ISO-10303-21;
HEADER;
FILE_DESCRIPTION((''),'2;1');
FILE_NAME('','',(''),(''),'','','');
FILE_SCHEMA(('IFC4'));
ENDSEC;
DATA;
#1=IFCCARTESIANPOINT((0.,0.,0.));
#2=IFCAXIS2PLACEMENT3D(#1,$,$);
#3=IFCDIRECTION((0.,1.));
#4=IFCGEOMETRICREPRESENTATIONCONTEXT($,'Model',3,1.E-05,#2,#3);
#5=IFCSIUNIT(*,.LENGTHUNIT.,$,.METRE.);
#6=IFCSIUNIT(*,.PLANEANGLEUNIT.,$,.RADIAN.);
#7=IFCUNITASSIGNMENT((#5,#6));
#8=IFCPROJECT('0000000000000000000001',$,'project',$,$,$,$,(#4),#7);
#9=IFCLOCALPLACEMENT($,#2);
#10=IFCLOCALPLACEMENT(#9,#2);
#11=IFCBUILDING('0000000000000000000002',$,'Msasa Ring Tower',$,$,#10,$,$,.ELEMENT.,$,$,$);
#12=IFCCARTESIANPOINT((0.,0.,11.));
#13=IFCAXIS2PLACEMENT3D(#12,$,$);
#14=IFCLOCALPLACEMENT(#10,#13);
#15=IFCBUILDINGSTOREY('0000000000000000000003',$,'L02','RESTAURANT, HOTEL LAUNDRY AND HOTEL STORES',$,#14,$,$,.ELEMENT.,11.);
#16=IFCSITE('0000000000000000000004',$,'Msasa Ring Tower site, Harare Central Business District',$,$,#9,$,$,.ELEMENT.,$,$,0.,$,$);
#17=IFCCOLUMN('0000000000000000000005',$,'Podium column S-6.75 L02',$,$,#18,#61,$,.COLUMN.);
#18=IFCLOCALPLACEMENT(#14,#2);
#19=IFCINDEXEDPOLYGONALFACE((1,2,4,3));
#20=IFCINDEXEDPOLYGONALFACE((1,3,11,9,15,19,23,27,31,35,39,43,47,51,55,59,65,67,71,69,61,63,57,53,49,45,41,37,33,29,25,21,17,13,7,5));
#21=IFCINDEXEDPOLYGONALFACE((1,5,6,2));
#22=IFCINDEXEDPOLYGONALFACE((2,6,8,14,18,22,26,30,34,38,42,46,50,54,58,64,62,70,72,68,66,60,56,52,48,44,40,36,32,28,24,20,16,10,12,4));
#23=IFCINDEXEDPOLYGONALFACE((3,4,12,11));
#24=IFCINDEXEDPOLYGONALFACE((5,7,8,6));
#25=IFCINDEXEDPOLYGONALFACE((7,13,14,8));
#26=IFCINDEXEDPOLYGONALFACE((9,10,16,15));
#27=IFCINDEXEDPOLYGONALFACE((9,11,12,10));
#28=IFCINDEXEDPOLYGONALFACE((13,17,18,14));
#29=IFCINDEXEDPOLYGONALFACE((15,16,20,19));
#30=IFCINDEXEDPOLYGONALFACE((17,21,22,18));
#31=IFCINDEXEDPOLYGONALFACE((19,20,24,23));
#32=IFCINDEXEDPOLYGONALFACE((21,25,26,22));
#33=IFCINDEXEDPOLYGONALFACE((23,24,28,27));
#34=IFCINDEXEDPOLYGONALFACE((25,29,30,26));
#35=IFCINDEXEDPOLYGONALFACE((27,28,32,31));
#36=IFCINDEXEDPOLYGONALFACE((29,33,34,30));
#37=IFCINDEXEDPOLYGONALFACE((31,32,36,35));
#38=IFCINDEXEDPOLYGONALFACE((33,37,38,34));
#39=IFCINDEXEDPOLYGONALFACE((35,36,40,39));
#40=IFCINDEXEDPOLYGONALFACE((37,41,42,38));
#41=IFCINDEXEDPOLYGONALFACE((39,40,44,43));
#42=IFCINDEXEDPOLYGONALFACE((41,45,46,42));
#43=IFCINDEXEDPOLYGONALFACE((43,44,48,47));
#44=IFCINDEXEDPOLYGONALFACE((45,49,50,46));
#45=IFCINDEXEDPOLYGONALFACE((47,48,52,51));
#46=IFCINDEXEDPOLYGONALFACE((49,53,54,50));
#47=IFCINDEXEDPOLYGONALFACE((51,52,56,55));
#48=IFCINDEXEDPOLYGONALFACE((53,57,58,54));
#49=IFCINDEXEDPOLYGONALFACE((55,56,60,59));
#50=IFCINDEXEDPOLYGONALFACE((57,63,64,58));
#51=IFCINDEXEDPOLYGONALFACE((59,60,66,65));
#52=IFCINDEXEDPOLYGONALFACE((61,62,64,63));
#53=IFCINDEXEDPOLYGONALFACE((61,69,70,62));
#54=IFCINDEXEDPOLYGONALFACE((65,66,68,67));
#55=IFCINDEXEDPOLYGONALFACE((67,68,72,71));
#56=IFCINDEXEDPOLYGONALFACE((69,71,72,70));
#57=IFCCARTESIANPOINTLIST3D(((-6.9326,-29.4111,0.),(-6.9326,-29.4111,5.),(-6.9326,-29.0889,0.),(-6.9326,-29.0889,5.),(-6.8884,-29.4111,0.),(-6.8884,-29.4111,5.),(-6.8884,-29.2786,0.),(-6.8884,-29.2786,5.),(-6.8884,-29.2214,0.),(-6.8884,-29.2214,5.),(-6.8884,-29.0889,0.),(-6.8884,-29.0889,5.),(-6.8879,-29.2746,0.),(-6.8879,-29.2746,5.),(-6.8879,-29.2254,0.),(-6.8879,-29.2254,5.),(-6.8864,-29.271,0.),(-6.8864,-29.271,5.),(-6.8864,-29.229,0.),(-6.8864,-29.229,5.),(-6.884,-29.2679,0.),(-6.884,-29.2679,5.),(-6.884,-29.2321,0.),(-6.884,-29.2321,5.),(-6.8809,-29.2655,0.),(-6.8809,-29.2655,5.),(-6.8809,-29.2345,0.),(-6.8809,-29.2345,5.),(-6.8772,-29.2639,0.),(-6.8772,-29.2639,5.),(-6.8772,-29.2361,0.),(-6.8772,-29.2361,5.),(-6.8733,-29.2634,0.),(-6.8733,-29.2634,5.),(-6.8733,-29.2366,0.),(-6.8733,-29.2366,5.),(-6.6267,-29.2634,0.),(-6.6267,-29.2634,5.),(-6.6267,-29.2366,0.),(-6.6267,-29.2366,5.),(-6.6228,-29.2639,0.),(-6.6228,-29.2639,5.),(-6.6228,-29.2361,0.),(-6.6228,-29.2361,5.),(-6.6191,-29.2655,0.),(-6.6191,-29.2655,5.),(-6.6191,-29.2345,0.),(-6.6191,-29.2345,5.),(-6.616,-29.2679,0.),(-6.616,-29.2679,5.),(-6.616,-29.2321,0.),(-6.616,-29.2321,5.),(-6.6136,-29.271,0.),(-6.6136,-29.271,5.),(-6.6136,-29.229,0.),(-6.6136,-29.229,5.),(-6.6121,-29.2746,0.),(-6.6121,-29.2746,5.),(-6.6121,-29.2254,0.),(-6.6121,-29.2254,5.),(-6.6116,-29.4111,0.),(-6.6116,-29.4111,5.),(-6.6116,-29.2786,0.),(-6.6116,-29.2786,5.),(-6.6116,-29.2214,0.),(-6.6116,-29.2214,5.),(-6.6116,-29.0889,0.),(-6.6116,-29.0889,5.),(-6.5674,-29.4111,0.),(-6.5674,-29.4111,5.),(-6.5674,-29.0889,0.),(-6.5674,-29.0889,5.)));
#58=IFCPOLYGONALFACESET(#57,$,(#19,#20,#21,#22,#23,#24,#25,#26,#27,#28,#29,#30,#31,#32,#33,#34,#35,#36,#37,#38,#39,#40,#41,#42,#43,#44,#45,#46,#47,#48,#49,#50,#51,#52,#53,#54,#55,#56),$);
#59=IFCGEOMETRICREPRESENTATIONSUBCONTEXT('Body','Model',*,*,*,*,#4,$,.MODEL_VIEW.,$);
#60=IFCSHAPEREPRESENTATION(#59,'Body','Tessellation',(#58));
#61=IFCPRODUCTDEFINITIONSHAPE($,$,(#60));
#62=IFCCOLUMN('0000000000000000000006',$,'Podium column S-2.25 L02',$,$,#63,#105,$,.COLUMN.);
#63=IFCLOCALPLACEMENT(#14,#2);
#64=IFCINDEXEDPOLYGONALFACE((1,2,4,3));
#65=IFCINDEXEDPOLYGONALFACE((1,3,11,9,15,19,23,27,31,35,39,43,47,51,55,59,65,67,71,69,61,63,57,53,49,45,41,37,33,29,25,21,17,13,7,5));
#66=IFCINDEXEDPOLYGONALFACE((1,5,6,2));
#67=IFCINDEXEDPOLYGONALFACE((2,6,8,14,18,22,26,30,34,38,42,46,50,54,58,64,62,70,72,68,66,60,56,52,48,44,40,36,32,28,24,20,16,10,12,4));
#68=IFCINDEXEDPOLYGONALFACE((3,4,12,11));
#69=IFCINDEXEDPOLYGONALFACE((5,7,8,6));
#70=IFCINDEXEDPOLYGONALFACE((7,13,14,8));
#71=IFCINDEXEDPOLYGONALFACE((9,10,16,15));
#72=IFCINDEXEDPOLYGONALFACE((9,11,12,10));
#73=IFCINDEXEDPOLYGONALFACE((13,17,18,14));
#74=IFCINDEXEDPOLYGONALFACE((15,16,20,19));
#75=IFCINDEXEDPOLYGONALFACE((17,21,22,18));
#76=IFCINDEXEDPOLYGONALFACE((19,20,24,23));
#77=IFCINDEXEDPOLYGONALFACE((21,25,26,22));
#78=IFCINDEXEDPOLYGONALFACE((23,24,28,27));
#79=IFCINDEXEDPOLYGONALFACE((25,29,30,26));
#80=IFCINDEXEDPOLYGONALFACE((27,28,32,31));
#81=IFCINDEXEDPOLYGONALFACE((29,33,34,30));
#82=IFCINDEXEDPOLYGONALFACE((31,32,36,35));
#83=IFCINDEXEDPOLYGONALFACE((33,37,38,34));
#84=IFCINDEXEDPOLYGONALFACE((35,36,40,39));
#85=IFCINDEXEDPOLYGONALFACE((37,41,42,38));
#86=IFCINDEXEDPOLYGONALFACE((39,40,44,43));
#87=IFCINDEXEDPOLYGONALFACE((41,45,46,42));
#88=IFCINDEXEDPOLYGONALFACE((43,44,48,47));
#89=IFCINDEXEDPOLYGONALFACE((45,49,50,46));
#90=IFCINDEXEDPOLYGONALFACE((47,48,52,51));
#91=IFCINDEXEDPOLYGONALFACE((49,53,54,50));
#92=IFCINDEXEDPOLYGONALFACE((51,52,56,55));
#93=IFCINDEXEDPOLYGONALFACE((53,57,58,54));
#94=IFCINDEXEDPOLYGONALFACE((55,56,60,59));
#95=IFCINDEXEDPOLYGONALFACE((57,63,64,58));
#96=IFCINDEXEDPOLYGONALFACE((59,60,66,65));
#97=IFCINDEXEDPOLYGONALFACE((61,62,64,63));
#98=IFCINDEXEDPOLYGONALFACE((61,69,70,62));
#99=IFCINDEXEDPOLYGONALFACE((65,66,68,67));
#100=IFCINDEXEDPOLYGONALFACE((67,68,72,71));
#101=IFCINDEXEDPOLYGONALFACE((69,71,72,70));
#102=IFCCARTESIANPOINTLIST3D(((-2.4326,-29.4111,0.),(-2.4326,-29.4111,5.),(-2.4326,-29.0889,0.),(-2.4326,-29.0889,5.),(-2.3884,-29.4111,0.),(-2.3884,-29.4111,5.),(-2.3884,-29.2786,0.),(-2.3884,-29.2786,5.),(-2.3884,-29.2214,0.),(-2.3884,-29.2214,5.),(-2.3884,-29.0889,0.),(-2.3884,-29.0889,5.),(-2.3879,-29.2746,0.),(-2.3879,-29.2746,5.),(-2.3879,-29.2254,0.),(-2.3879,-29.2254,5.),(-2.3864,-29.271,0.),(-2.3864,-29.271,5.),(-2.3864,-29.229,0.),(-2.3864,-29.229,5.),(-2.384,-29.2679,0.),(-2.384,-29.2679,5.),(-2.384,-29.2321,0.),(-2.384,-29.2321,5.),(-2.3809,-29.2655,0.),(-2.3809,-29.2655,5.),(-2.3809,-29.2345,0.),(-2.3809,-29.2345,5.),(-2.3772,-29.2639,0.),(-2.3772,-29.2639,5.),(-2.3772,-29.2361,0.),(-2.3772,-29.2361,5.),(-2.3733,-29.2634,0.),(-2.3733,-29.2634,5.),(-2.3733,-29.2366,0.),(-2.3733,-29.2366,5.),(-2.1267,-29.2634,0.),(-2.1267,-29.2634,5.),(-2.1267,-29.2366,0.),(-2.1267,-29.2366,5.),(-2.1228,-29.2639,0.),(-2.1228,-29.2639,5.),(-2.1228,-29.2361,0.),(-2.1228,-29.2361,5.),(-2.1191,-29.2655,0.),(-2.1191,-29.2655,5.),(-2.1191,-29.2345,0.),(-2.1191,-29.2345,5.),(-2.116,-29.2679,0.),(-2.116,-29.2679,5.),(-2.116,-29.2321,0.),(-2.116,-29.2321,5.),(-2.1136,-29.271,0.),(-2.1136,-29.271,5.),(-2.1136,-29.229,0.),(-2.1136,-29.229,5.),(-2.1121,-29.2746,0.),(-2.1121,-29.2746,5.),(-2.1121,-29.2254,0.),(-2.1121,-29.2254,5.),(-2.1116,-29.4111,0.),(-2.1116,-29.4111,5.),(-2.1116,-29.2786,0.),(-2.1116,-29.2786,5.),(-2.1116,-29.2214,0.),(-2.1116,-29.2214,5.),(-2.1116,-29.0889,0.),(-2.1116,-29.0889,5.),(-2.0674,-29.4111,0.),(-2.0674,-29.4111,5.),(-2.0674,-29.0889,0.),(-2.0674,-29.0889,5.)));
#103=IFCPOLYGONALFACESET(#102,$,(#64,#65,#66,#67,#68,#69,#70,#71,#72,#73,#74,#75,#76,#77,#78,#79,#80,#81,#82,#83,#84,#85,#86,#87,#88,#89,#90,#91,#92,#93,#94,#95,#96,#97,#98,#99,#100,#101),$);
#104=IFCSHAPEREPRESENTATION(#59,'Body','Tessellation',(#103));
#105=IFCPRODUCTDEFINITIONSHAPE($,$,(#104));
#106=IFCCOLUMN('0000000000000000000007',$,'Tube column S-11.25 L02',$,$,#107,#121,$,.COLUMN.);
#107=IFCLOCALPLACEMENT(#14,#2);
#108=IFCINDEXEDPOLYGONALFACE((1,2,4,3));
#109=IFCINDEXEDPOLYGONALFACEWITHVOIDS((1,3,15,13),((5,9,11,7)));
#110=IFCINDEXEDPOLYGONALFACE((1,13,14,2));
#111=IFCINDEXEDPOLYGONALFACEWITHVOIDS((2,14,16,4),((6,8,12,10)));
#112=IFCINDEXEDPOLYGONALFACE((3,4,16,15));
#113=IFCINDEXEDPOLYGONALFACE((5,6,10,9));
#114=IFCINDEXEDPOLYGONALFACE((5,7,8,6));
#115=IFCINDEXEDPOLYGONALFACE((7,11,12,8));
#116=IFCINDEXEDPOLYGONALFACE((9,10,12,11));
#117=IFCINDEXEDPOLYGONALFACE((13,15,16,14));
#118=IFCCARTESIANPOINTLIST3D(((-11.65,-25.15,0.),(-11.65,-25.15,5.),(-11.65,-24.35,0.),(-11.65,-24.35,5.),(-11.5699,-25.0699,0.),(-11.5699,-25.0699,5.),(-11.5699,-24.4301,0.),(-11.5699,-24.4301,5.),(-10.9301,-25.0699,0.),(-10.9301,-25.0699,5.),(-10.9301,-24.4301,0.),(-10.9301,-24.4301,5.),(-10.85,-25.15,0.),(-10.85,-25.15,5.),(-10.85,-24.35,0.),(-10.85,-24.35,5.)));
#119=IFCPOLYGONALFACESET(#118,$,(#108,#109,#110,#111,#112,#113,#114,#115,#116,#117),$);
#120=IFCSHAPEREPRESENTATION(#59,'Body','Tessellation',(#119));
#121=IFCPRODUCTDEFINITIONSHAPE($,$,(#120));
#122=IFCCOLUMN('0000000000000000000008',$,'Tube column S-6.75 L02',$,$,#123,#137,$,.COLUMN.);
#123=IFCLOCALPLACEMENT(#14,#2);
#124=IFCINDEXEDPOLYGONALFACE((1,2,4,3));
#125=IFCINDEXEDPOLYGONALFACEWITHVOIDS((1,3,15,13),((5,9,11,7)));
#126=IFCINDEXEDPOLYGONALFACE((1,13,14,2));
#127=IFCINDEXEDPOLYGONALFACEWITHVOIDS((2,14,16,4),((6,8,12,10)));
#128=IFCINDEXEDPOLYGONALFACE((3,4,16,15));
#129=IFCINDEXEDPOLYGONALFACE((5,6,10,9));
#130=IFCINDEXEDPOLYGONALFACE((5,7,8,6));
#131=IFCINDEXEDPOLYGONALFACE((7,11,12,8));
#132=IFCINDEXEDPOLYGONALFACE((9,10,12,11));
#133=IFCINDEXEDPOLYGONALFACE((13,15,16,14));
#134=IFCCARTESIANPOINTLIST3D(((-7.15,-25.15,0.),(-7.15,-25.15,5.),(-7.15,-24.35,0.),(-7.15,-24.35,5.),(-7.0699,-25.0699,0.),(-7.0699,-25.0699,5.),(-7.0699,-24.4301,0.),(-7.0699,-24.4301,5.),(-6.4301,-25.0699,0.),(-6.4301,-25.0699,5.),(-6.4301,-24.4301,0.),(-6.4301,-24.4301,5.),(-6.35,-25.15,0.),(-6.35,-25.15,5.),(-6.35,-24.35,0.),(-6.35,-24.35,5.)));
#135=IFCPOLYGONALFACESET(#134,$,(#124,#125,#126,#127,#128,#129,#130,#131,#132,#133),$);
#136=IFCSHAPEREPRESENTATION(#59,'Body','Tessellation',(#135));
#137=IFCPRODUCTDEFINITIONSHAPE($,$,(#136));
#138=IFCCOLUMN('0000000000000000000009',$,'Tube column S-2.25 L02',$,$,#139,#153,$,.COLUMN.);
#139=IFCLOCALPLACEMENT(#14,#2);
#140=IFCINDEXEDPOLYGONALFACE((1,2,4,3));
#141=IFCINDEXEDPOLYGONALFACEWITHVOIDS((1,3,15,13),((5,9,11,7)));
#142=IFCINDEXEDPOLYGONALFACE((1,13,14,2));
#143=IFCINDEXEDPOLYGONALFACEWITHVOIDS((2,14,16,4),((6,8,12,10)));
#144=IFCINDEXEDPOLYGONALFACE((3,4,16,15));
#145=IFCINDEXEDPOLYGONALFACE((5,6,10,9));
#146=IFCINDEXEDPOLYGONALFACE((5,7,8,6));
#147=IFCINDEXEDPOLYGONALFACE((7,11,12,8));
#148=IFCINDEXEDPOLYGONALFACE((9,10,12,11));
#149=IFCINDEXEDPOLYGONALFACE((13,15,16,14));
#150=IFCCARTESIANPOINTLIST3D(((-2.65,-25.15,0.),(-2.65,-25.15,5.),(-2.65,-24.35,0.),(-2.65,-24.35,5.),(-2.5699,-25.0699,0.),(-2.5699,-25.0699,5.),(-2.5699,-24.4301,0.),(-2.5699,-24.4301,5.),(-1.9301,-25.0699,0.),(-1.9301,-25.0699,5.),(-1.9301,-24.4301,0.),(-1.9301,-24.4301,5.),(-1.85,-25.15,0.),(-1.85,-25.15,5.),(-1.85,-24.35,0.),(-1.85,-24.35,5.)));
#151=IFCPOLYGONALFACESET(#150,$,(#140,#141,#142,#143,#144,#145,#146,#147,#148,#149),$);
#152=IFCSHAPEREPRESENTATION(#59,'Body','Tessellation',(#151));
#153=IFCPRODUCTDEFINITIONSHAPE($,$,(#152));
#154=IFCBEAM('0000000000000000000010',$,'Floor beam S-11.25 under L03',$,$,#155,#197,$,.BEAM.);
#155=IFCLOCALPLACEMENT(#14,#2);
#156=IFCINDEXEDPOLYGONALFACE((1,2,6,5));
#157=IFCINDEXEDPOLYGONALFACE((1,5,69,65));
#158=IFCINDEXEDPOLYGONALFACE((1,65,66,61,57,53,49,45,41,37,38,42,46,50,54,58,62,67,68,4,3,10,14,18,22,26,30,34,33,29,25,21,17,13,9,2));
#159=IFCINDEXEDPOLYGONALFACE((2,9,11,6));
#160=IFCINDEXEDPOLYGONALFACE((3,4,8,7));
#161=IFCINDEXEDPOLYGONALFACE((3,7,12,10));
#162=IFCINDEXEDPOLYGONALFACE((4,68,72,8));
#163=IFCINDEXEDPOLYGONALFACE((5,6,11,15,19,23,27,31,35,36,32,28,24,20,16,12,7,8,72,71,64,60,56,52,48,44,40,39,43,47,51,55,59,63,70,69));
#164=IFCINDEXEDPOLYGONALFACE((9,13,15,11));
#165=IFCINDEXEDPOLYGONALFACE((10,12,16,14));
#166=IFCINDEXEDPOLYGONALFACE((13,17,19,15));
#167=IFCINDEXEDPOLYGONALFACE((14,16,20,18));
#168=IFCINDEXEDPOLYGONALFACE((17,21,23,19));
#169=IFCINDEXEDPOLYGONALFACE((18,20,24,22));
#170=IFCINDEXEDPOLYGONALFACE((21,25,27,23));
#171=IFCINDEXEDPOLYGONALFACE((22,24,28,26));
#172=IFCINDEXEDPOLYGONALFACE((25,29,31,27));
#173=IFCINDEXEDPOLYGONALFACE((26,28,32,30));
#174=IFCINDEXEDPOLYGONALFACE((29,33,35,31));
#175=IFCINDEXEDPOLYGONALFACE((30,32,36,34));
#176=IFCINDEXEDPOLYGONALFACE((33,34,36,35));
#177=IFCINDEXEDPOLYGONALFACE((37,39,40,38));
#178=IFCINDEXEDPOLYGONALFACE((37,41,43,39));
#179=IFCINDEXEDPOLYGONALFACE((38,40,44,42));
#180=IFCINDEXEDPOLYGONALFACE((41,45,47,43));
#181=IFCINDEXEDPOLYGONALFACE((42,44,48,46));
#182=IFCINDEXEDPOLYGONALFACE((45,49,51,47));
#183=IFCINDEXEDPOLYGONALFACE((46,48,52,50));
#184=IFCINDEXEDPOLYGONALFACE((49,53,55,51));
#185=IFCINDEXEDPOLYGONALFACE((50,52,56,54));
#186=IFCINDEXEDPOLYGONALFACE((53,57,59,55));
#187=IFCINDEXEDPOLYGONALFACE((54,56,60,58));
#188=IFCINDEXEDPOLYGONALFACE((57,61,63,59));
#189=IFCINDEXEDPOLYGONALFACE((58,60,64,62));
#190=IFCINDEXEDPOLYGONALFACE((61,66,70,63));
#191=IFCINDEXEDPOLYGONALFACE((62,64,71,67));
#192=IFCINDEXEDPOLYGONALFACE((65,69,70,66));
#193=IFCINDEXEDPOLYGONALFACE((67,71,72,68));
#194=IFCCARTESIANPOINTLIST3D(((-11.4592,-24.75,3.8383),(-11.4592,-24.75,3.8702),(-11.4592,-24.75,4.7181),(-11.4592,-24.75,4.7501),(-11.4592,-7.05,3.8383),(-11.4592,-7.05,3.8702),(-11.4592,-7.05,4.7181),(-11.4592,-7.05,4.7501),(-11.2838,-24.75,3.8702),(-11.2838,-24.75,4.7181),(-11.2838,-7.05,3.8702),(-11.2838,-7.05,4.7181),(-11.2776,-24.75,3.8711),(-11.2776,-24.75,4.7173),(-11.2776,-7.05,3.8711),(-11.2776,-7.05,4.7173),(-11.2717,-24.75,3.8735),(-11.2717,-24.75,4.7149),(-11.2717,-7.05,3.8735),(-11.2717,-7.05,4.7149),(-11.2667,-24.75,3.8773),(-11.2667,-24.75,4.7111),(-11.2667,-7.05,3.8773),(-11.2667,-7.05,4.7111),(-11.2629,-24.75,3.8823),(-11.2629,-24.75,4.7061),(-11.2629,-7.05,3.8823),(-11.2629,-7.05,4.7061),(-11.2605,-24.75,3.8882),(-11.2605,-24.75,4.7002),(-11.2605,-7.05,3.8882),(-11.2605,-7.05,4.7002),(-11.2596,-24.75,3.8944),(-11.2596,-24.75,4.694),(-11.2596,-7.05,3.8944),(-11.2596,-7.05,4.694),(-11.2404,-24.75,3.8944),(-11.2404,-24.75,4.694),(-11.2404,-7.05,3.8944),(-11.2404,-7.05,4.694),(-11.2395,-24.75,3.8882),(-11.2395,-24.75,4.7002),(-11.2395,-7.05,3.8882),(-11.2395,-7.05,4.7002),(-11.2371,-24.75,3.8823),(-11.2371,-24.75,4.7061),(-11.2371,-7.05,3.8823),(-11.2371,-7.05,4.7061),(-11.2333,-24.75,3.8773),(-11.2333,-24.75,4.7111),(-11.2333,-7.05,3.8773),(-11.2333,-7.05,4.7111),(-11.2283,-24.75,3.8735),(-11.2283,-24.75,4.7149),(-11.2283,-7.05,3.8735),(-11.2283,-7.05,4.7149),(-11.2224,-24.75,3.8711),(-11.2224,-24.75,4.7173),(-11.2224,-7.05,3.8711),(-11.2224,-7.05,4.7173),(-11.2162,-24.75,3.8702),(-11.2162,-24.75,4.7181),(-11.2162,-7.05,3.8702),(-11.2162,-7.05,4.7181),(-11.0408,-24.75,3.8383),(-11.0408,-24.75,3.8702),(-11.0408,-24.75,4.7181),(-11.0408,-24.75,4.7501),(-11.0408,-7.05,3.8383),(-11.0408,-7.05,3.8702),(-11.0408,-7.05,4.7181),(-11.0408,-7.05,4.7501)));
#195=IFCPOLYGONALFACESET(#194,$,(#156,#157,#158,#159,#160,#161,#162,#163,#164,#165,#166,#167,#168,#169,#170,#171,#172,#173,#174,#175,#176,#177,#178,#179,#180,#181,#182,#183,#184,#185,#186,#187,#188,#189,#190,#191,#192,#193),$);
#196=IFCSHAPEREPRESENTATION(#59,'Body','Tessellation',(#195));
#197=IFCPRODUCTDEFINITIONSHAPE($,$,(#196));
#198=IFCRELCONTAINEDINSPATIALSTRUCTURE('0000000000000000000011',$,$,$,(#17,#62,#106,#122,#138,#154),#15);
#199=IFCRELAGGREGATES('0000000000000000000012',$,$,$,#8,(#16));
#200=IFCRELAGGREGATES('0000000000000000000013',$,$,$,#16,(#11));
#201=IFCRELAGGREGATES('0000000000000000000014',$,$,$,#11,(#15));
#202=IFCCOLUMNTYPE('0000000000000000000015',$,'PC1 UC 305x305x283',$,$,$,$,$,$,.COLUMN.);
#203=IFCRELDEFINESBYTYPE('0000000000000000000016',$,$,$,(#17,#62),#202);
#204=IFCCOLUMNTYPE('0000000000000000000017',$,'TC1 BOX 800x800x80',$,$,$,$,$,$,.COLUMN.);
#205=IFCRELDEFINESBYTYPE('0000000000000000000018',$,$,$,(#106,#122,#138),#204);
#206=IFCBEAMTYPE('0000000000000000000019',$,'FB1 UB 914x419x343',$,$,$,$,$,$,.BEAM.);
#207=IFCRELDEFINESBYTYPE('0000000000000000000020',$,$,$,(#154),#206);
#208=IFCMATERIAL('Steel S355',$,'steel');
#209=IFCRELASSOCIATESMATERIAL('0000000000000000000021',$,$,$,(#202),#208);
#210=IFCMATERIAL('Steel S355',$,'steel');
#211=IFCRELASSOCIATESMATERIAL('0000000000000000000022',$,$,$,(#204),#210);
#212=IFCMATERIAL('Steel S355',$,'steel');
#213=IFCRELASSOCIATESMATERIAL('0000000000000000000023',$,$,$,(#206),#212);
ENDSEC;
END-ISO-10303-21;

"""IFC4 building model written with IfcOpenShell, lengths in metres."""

from ifc_helpers import new_model, si_unit, direction, frame, origin, origin_2d, place, context, subcontext, project, spatial, hollow_rectangle, i_section, extrude, material, material_profile, profile_set, type_object, element, save


model = new_model("IFC4")

# Units and contexts
model_context = context("Model", 3, precision=1e-05, world=origin(), true_north=direction((0.0, 1.0)))
body_context = subcontext(model_context, "Body", "Model", "MODEL_VIEW")
ifc_project = project(units=[si_unit("LENGTHUNIT", "METRE"), si_unit("PLANEANGLEUNIT", "RADIAN")], contexts=[model_context])

# Site, building, storey
site_placement = place(None, origin())
site = spatial("IfcSite", under=ifc_project, at=site_placement, Name="Msasa Ring Tower site, Harare Central Business District", CompositionType="ELEMENT", RefElevation=0.0)
building_placement = place(site_placement, origin())
building = spatial("IfcBuilding", under=site, at=building_placement, Name="Msasa Ring Tower", CompositionType="ELEMENT")
storey_placement = place(building_placement, frame((0.0, 0.0, 11.0)))
storey = spatial("IfcBuildingStorey", under=building, at=storey_placement, Name="L02", Description="RESTAURANT, HOTEL LAUNDRY AND HOTEL STORES", CompositionType="ELEMENT", Elevation=11.0)

# Columns
ifc_material_1 = material(Name="Steel S355", Category="steel")
ifc_material_profile_1 = material_profile(ifc_material_1, i_section(OverallWidth=0.3223, OverallDepth=0.3652, WebThickness=0.0269, FlangeThickness=0.0442, FilletRadius=0.0151, at=origin_2d()), Name="UC 305x305x283")
ifc_profile_set_1 = profile_set([ifc_material_profile_1], Name="Steel S355")
column_type_1 = type_object("IfcColumnType", Name="PC1 UC 305x305x283", PredefinedType="COLUMN", material=ifc_profile_set_1)
for number, where, z_axis, x_axis, name in (
    (1, (-6.75, -29.25, 0.0), (0.0, 0.0, 1.0), (0.0, 1.0, 0.0), "Podium column S-6.75 L02"),
    (2, (-2.25, -29.25, 0.0), (0.0, 0.0, 1.0), (0.0, 1.0, 0.0), "Podium column S-2.25 L02"),
):
    element("IfcColumn", number, at=place(storey_placement, frame(where, z_axis=z_axis, x_axis=x_axis)), inside=storey, type_object=column_type_1, Name=name, PredefinedType="COLUMN", context=body_context, shape_type="SweptSolid", body=[
        extrude(i_section(OverallWidth=0.3223, OverallDepth=0.3652, WebThickness=0.0269, FlangeThickness=0.0442, FilletRadius=0.0151, at=origin_2d()), origin(), (0.0, 0.0, 1.0), 5.0),
    ])
ifc_material_2 = material(Name="Steel S355", Category="steel")
ifc_material_profile_2 = material_profile(ifc_material_2, hollow_rectangle(XDim=0.8, YDim=0.8, WallThickness=0.0801, at=origin_2d()), Name="BOX 800x800x80")
ifc_profile_set_2 = profile_set([ifc_material_profile_2], Name="Steel S355")
column_type_2 = type_object("IfcColumnType", Name="TC1 BOX 800x800x80", PredefinedType="COLUMN", material=ifc_profile_set_2)
for number, where, z_axis, x_axis, name in (
    (3, (-11.25, -24.75, 0.0), (0.0, 0.0, 1.0), (0.0, 1.0, 0.0), "Tube column S-11.25 L02"),
    (4, (-6.75, -24.75, 0.0), (0.0, 0.0, 1.0), (0.0, 1.0, 0.0), "Tube column S-6.75 L02"),
    (5, (-2.25, -24.75, 0.0), (0.0, 0.0, 1.0), (0.0, 1.0, 0.0), "Tube column S-2.25 L02"),
):
    element("IfcColumn", number, at=place(storey_placement, frame(where, z_axis=z_axis, x_axis=x_axis)), inside=storey, type_object=column_type_2, Name=name, PredefinedType="COLUMN", context=body_context, shape_type="SweptSolid", body=[
        extrude(hollow_rectangle(XDim=0.8, YDim=0.8, WallThickness=0.0801, at=origin_2d()), origin(), (0.0, 0.0, 1.0), 5.0),
    ])

# Beam
ifc_material_3 = material(Name="Steel S355", Category="steel")
ifc_material_profile_3 = material_profile(ifc_material_3, i_section(OverallWidth=0.4185, OverallDepth=0.9119, WebThickness=0.0193, FlangeThickness=0.032, FilletRadius=0.0242, at=origin_2d()), Name="UB 914x419x343")
ifc_profile_set_3 = profile_set([ifc_material_profile_3], Name="Steel S355")
beam_type_1 = type_object("IfcBeamType", Name="FB1 UB 914x419x343", PredefinedType="BEAM", material=ifc_profile_set_3)
beam_1_placement = place(storey_placement, frame((-11.25, -24.75, 4.2942), z_axis=(0.0, 1.0, 0.0), x_axis=(-1.0, 0.0, 0.0)))
element("IfcBeam", 6, at=beam_1_placement, inside=storey, type_object=beam_type_1, Name="Floor beam S-11.25 under L03", PredefinedType="BEAM", context=body_context, shape_type="SweptSolid", body=[
    extrude(i_section(OverallWidth=0.4185, OverallDepth=0.9119, WebThickness=0.0193, FlangeThickness=0.032, FilletRadius=0.0242, at=origin_2d()), origin(), (0.0, 0.0, 1.0), 17.7),
])

save(model, "model.ifc")
